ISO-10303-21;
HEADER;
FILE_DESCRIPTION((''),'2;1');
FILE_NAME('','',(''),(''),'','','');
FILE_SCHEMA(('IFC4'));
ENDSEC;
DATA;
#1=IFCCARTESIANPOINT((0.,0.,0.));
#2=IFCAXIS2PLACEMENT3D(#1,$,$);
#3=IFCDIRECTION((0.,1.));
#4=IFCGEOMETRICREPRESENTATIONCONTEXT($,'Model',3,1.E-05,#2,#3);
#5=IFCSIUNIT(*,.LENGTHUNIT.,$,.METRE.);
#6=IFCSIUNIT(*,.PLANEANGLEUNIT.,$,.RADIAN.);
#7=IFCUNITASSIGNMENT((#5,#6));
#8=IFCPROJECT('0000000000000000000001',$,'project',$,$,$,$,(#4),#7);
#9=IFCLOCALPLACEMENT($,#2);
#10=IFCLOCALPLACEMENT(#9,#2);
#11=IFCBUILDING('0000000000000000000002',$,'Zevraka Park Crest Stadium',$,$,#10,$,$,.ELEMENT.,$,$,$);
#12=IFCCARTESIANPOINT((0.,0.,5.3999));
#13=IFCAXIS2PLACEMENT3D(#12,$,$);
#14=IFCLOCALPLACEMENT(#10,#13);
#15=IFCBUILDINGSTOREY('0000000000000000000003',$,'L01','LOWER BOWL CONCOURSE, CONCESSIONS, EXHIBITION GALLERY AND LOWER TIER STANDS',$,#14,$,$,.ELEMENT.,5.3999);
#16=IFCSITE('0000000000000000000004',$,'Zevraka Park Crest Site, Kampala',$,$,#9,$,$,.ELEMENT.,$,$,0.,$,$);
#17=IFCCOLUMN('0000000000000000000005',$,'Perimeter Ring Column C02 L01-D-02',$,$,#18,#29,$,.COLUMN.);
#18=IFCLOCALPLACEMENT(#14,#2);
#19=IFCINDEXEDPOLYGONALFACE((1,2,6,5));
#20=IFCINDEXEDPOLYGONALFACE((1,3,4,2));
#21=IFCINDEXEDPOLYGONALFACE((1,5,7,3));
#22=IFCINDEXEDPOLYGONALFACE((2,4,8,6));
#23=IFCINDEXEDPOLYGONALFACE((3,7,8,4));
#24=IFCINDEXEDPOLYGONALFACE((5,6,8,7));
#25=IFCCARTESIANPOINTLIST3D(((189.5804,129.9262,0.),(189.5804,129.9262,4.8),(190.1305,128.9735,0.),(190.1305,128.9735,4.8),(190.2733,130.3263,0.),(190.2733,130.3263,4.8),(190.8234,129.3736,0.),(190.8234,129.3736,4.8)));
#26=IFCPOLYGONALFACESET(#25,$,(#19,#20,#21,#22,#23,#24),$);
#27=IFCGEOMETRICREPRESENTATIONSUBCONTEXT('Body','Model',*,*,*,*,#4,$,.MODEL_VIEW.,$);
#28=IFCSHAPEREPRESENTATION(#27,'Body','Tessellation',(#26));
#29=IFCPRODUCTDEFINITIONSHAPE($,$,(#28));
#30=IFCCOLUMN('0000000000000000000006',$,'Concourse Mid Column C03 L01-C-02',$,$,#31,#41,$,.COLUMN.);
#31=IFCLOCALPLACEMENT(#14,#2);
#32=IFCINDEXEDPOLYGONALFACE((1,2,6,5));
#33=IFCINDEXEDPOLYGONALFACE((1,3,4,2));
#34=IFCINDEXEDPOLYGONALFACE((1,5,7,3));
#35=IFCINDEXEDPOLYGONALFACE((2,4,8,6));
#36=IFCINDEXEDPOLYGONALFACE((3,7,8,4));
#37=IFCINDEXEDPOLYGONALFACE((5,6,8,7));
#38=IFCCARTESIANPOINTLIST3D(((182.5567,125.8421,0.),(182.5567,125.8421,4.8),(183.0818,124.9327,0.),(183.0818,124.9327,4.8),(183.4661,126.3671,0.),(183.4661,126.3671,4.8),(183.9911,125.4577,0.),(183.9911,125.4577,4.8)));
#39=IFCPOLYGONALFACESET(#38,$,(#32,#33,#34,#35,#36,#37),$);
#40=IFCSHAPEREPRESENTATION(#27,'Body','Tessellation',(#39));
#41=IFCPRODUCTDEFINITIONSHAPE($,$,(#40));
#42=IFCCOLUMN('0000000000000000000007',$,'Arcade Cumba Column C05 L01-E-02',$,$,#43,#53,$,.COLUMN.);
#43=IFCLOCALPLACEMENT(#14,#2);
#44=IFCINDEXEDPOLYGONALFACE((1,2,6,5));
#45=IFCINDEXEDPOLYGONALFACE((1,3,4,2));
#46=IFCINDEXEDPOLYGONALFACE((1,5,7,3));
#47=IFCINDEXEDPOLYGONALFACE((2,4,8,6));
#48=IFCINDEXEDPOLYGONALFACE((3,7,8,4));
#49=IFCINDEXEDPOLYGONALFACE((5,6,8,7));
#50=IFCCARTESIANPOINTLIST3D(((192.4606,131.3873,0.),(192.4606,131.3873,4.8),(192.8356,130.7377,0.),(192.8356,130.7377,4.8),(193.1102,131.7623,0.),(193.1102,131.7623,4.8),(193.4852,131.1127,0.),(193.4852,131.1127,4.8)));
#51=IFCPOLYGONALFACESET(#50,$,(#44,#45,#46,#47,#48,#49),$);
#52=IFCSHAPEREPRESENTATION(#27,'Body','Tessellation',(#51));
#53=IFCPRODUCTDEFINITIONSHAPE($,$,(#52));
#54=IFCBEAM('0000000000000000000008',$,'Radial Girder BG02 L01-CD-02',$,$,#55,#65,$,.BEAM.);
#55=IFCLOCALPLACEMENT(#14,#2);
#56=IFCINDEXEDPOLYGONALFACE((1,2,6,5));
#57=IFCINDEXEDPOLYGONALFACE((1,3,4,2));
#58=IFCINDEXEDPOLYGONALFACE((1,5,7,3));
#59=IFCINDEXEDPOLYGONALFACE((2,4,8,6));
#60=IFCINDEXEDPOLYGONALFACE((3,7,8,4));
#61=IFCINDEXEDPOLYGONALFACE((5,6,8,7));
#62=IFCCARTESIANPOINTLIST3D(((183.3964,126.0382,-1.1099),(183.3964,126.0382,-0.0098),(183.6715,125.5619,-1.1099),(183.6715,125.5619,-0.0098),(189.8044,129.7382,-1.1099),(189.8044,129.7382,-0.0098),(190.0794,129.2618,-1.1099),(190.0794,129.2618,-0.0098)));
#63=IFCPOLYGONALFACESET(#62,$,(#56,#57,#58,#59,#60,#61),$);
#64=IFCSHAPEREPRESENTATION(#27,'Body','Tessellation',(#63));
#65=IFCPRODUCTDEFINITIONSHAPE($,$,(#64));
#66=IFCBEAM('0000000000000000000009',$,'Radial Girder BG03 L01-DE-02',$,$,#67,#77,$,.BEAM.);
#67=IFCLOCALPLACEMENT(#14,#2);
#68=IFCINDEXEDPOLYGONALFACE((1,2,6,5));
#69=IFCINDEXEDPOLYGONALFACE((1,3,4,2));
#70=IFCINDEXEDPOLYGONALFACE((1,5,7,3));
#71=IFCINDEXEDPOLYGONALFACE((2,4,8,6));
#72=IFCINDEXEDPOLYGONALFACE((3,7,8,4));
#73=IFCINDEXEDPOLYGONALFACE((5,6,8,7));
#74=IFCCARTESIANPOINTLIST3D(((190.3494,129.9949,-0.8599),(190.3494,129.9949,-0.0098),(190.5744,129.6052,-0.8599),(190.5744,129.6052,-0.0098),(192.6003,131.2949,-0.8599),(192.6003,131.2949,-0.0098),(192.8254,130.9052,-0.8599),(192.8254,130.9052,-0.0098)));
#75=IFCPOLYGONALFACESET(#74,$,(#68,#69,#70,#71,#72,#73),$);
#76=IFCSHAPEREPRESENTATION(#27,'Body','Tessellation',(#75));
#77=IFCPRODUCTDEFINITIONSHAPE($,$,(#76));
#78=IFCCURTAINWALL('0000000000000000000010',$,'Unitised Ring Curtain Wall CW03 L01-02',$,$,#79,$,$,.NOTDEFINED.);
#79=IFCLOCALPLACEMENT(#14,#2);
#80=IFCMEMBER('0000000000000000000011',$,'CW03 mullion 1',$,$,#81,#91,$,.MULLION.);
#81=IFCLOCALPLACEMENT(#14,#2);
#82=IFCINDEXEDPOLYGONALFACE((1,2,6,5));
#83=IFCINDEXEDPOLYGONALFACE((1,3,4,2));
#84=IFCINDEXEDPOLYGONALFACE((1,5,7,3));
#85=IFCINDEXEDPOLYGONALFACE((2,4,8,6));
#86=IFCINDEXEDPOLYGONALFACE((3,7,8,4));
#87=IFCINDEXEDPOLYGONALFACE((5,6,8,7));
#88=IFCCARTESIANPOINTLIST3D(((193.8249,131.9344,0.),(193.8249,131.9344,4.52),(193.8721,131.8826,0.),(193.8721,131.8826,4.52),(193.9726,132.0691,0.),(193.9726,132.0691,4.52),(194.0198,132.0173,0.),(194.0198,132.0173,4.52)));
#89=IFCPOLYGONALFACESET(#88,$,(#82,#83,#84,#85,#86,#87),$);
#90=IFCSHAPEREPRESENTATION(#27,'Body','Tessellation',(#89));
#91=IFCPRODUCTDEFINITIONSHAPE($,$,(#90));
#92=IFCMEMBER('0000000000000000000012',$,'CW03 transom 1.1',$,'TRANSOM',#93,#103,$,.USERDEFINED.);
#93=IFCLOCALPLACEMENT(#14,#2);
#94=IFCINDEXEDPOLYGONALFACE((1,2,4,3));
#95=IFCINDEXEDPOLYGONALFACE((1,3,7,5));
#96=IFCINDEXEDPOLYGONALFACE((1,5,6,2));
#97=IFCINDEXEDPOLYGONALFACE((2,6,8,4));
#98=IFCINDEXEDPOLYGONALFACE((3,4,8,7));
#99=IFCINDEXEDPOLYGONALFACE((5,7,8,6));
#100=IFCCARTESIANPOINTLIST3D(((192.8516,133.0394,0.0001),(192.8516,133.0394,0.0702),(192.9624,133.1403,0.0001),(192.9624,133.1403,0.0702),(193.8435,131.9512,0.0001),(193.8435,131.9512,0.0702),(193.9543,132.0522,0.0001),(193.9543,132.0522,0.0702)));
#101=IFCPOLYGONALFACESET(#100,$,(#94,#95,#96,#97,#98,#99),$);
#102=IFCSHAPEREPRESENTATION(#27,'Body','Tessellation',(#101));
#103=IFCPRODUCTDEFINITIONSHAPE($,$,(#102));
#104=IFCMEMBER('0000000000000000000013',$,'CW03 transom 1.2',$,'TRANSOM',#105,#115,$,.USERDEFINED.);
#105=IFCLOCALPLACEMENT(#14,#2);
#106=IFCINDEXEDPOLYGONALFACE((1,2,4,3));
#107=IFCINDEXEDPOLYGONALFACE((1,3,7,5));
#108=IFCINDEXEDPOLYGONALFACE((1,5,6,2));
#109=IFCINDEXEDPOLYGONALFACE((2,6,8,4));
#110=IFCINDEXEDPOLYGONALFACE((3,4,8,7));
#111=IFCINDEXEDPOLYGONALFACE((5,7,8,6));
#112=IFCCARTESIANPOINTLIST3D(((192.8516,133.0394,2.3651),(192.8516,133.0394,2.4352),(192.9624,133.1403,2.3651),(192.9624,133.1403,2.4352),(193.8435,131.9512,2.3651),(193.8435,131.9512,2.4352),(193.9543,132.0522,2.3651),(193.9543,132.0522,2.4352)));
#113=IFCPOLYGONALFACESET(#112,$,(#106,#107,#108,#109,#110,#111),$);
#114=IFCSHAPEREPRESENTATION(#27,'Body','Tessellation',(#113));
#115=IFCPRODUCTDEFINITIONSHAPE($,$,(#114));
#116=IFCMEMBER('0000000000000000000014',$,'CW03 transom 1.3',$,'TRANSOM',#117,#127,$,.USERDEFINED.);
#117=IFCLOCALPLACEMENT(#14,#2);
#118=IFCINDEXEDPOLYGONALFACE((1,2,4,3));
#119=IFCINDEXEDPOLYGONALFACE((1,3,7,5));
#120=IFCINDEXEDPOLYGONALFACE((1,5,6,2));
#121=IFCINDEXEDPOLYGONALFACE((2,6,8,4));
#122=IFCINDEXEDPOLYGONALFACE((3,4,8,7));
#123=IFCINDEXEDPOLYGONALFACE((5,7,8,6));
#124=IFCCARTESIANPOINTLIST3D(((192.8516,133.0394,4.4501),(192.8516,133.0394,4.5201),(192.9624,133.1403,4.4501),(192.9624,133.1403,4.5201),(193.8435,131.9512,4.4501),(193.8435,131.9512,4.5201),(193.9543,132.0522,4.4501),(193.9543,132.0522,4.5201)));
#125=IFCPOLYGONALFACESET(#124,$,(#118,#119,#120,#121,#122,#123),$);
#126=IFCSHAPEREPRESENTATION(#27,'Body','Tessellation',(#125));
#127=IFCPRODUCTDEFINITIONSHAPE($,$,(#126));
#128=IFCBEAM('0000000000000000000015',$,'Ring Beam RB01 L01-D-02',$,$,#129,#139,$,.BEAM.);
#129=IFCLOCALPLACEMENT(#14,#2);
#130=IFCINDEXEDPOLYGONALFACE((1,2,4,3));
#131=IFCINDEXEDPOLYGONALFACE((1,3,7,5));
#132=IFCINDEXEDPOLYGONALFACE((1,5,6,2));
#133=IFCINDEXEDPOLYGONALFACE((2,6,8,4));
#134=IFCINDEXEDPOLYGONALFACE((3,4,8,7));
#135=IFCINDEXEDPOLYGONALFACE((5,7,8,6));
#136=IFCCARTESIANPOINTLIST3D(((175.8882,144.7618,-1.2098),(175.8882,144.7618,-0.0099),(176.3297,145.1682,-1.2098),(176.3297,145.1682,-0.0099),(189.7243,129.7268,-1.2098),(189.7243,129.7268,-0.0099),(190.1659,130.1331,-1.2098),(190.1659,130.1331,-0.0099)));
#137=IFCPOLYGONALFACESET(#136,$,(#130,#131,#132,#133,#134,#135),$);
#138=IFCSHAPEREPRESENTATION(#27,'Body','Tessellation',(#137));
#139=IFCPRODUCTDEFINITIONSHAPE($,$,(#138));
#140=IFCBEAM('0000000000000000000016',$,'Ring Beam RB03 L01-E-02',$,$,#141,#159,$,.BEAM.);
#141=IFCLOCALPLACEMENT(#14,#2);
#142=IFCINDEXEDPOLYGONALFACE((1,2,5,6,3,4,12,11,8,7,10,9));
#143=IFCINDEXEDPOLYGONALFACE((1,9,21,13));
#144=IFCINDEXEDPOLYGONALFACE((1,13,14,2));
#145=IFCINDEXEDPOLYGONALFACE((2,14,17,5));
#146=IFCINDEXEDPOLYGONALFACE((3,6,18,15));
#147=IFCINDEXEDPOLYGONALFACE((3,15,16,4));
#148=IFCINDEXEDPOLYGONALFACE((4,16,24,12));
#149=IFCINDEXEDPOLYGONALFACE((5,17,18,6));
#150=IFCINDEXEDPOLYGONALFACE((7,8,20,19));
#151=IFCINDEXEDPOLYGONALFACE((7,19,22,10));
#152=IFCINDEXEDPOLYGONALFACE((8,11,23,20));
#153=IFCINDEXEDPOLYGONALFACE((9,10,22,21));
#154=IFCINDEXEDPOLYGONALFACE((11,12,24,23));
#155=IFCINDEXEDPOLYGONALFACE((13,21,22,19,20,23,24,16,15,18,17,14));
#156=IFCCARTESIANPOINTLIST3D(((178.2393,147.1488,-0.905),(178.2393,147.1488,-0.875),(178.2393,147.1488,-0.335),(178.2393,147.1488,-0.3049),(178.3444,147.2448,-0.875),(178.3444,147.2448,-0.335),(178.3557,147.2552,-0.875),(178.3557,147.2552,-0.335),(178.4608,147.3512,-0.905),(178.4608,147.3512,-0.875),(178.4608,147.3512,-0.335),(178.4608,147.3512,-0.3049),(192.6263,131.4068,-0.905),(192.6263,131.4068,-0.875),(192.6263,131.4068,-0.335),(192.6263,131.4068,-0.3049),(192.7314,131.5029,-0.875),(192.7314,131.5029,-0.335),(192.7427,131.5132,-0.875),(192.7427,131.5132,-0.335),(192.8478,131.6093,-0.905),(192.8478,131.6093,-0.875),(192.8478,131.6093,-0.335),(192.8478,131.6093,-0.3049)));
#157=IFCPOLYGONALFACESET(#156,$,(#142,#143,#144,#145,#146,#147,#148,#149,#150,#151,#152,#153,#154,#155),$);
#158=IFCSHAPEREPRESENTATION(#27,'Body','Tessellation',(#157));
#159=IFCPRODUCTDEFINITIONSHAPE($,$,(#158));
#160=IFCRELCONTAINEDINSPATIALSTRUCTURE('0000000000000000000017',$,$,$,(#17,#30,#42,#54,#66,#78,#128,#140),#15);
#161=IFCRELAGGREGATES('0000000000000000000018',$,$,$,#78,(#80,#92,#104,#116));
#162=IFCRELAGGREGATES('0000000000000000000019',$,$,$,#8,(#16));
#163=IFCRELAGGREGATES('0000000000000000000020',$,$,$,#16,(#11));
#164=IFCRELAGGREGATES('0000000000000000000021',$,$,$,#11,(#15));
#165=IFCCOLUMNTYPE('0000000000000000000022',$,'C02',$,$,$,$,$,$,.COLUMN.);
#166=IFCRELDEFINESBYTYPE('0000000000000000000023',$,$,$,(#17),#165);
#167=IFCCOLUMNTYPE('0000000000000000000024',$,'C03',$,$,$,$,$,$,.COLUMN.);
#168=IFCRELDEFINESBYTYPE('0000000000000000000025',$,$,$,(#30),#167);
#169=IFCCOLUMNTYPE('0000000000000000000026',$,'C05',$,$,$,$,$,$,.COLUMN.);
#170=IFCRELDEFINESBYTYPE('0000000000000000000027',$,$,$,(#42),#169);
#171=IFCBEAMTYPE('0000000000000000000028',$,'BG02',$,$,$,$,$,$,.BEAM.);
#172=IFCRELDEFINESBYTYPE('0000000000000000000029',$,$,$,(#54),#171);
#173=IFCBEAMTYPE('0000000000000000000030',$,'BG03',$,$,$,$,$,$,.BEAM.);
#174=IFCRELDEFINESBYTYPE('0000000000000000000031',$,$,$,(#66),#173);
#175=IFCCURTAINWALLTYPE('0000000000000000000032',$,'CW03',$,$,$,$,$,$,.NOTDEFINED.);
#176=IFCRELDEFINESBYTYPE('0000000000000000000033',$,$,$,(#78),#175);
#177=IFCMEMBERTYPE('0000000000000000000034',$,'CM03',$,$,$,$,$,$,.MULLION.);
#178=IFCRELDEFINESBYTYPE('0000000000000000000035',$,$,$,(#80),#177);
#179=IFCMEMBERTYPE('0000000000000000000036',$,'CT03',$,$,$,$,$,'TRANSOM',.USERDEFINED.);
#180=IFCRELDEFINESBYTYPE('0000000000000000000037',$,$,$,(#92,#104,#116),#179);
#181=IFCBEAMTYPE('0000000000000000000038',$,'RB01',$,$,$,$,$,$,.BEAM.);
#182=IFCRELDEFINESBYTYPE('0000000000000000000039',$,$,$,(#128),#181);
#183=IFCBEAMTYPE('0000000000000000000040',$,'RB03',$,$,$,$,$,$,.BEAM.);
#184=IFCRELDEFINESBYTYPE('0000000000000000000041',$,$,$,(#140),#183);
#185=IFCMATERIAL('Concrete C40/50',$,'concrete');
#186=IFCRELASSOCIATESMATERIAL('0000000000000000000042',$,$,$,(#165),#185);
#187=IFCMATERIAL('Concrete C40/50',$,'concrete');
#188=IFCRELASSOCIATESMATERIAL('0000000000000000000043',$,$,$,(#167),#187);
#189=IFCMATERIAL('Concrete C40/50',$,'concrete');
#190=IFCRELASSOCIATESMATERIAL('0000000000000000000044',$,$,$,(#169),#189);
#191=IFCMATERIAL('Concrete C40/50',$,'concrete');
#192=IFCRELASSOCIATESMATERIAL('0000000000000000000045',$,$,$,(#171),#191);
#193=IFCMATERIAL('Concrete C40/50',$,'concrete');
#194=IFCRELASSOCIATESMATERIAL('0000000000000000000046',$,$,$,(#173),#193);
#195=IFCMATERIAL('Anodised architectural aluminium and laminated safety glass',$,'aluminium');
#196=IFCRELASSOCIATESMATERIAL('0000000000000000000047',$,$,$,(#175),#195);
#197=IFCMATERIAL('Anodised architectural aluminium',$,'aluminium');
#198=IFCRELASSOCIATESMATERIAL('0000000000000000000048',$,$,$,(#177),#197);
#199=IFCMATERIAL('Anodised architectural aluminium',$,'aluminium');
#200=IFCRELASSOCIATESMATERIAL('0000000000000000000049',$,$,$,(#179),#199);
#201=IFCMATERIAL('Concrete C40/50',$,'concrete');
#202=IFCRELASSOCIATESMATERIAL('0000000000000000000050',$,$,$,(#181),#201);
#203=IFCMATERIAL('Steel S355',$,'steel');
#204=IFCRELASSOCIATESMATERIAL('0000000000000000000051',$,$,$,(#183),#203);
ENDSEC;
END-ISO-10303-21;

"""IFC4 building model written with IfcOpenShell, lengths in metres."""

from ifc_helpers import new_model, si_unit, direction, frame, origin, origin_2d, place, context, subcontext, project, spatial, rectangle, i_section, extrude, material, material_profile, profile_set, type_object, element, aggregate, save


model = new_model("IFC4")

# Units and contexts
model_context = context("Model", 3, precision=1e-05, world=origin(), true_north=direction((0.0, 1.0)))
body_context = subcontext(model_context, "Body", "Model", "MODEL_VIEW")
ifc_project = project(units=[si_unit("LENGTHUNIT", "METRE"), si_unit("PLANEANGLEUNIT", "RADIAN")], contexts=[model_context])

# Site, building, storey
site_placement = place(None, origin())
site = spatial("IfcSite", under=ifc_project, at=site_placement, Name="Zevraka Park Crest Site, Kampala", CompositionType="ELEMENT", RefElevation=0.0)
building_placement = place(site_placement, origin())
building = spatial("IfcBuilding", under=site, at=building_placement, Name="Zevraka Park Crest Stadium", CompositionType="ELEMENT")
storey_placement = place(building_placement, frame((0.0, 0.0, 5.3999)))
storey = spatial("IfcBuildingStorey", under=building, at=storey_placement, Name="L01", Description="LOWER BOWL CONCOURSE, CONCESSIONS, EXHIBITION GALLERY AND LOWER TIER STANDS", CompositionType="ELEMENT", Elevation=5.3999)

# Columns
ifc_material_1 = material(Name="Concrete C40/50", Category="concrete")
ifc_material_profile_1 = material_profile(ifc_material_1, rectangle(XDim=0.8, YDim=1.1001, at=origin_2d()), Name="RC 1100x800")
ifc_profile_set_1 = profile_set([ifc_material_profile_1], Name="Concrete C40/50")
column_type_1 = type_object("IfcColumnType", Name="C02", PredefinedType="COLUMN", material=ifc_profile_set_1)
column_1_placement = place(storey_placement, frame((190.2019, 129.6499, 0.0), z_axis=(0.0, 0.0, 1.0), x_axis=(0.866025, 0.5, 0.0)))
element("IfcColumn", 1, at=column_1_placement, inside=storey, type_object=column_type_1, Name="Perimeter Ring Column C02 L01-D-02", PredefinedType="COLUMN", context=body_context, shape_type="SweptSolid", body=[
    extrude(rectangle(XDim=0.8, YDim=1.1001, at=origin_2d()), origin(), (0.0, 0.0, 1.0), 4.8),
])
ifc_material_2 = material(Name="Concrete C40/50", Category="concrete")
ifc_material_profile_2 = material_profile(ifc_material_2, rectangle(XDim=1.05, YDim=1.05, at=origin_2d()), Name="RC 1050x1050")
ifc_profile_set_2 = profile_set([ifc_material_profile_2], Name="Concrete C40/50")
column_type_2 = type_object("IfcColumnType", Name="C03", PredefinedType="COLUMN", material=ifc_profile_set_2)
column_2_placement = place(storey_placement, frame((183.2739, 125.6499, 0.0), z_axis=(0.0, 0.0, 1.0), x_axis=(0.866025, 0.5, 0.0)))
element("IfcColumn", 2, at=column_2_placement, inside=storey, type_object=column_type_2, Name="Concourse Mid Column C03 L01-C-02", PredefinedType="COLUMN", context=body_context, shape_type="SweptSolid", body=[
    extrude(rectangle(XDim=1.05, YDim=1.05, at=origin_2d()), origin(), (0.0, 0.0, 1.0), 4.8),
])
ifc_material_3 = material(Name="Concrete C40/50", Category="concrete")
ifc_material_profile_3 = material_profile(ifc_material_3, rectangle(XDim=0.75, YDim=0.75, at=origin_2d()), Name="RC 750x750")
ifc_profile_set_3 = profile_set([ifc_material_profile_3], Name="Concrete C40/50")
column_type_3 = type_object("IfcColumnType", Name="C05", PredefinedType="COLUMN", material=ifc_profile_set_3)
column_3_placement = place(storey_placement, frame((192.9729, 131.25, 0.0), z_axis=(0.0, 0.0, 1.0), x_axis=(0.866025, 0.5, 0.0)))
element("IfcColumn", 3, at=column_3_placement, inside=storey, type_object=column_type_3, Name="Arcade Cumba Column C05 L01-E-02", PredefinedType="COLUMN", context=body_context, shape_type="SweptSolid", body=[
    extrude(rectangle(XDim=0.75, YDim=0.75, at=origin_2d()), origin(), (0.0, 0.0, 1.0), 4.8),
])

# Beams
ifc_material_4 = material(Name="Concrete C40/50", Category="concrete")
ifc_material_profile_4 = material_profile(ifc_material_4, rectangle(XDim=0.55, YDim=1.1001, at=origin_2d()), Name="RC 1100x550")
ifc_profile_set_4 = profile_set([ifc_material_profile_4], Name="Concrete C40/50")
beam_type_1 = type_object("IfcBeamType", Name="BG02", PredefinedType="BEAM", material=ifc_profile_set_4)
beam_1_placement = place(storey_placement, frame((183.5339, 125.8, -0.5598), z_axis=(0.866007, 0.500032, 0.0), x_axis=(-0.500032, 0.866007, 0.0)))
element("IfcBeam", 4, at=beam_1_placement, inside=storey, type_object=beam_type_1, Name="Radial Girder BG02 L01-CD-02", PredefinedType="BEAM", context=body_context, shape_type="SweptSolid", body=[
    extrude(rectangle(XDim=0.55, YDim=1.1001, at=origin_2d()), origin(), (0.0, 0.0, 1.0), 7.3994),
])
ifc_material_5 = material(Name="Concrete C40/50", Category="concrete")
ifc_material_profile_5 = material_profile(ifc_material_5, rectangle(XDim=0.45, YDim=0.8501, at=origin_2d()), Name="RC 850x450")
ifc_profile_set_5 = profile_set([ifc_material_profile_5], Name="Concrete C40/50")
beam_type_2 = type_object("IfcBeamType", Name="BG03", PredefinedType="BEAM", material=ifc_profile_set_5)
beam_2_placement = place(storey_placement, frame((190.4619, 129.8, -0.4348), z_axis=(0.865951, 0.500129, 0.0), x_axis=(-0.500129, 0.865951, 0.0)))
element("IfcBeam", 5, at=beam_2_placement, inside=storey, type_object=beam_type_2, Name="Radial Girder BG03 L01-DE-02", PredefinedType="BEAM", context=body_context, shape_type="SweptSolid", body=[
    extrude(rectangle(XDim=0.45, YDim=0.8501, at=origin_2d()), origin(), (0.0, 0.0, 1.0), 2.5994),
])

# Curtain wall, members
ifc_material_6 = material(Name="Anodised architectural aluminium and laminated safety glass", Category="aluminium")
curtain_wall_type = type_object("IfcCurtainWallType", Name="CW03", PredefinedType="NOTDEFINED", material=ifc_material_6)
curtain_wall_placement = place(storey_placement, origin())
curtain_wall = element("IfcCurtainWall", 6, at=curtain_wall_placement, inside=storey, type_object=curtain_wall_type, Name="Unitised Ring Curtain Wall CW03 L01-02", PredefinedType="NOTDEFINED")
ifc_material_7 = material(Name="Anodised architectural aluminium", Category="aluminium")
ifc_material_profile_6 = material_profile(ifc_material_7, rectangle(XDim=0.2, YDim=0.0701, at=origin_2d()), Name="ALU MULLION 200x70")
ifc_profile_set_6 = profile_set([ifc_material_profile_6], Name="Anodised architectural aluminium")
member_type_1 = type_object("IfcMemberType", Name="CM03", PredefinedType="MULLION", material=ifc_profile_set_6)
member_1_placement = place(storey_placement, frame((193.9224, 131.9758, 0.0), z_axis=(0.0, 0.0, 1.0), x_axis=(-0.739023, -0.67368, 0.0)))
member_1 = element("IfcMember", 7, at=member_1_placement, type_object=member_type_1, Name="CW03 mullion 1", PredefinedType="MULLION", context=body_context, shape_type="SweptSolid", body=[
    extrude(rectangle(XDim=0.2, YDim=0.0701, at=origin_2d()), origin(), (0.0, 0.0, 1.0), 4.52),
])
ifc_material_8 = material(Name="Anodised architectural aluminium", Category="aluminium")
ifc_material_profile_7 = material_profile(ifc_material_8, rectangle(XDim=0.1499, YDim=0.0701, at=origin_2d()), Name="ALU TRANSOM 150x70")
ifc_profile_set_7 = profile_set([ifc_material_profile_7], Name="Anodised architectural aluminium")
member_type_2 = type_object("IfcMemberType", Name="CT03", ElementType="TRANSOM", PredefinedType="USERDEFINED", material=ifc_profile_set_7)
member_2_placement = place(storey_placement, frame((193.8989, 132.0017, 0.0352), z_axis=(-0.673687, 0.739017, 0.0), x_axis=(-0.739017, -0.673687, 0.0)))
member_2 = element("IfcMember", 8, at=member_2_placement, type_object=member_type_2, Name="CW03 transom 1.1", ObjectType="TRANSOM", PredefinedType="USERDEFINED", context=body_context, shape_type="SweptSolid", body=[
    extrude(rectangle(XDim=0.1499, YDim=0.0701, at=origin_2d()), origin(), (0.0, 0.0, 1.0), 1.4724),
])
member_3_placement = place(storey_placement, frame((193.8989, 132.0017, 2.4001), z_axis=(-0.673687, 0.739017, 0.0), x_axis=(-0.739017, -0.673687, 0.0)))
member_3 = element("IfcMember", 9, at=member_3_placement, type_object=member_type_2, Name="CW03 transom 1.2", ObjectType="TRANSOM", PredefinedType="USERDEFINED", context=body_context, shape_type="SweptSolid", body=[
    extrude(rectangle(XDim=0.1499, YDim=0.0701, at=origin_2d()), origin(), (0.0, 0.0, 1.0), 1.4724),
])
member_4_placement = place(storey_placement, frame((193.8989, 132.0017, 4.4851), z_axis=(-0.673687, 0.739017, 0.0), x_axis=(-0.739017, -0.673687, 0.0)))
member_4 = element("IfcMember", 10, at=member_4_placement, type_object=member_type_2, Name="CW03 transom 1.3", ObjectType="TRANSOM", PredefinedType="USERDEFINED", context=body_context, shape_type="SweptSolid", body=[
    extrude(rectangle(XDim=0.1499, YDim=0.0701, at=origin_2d()), origin(), (0.0, 0.0, 1.0), 1.4724),
])
aggregate(curtain_wall, [member_1, member_2, member_3, member_4])

# Beams
ifc_material_9 = material(Name="Concrete C40/50", Category="concrete")
ifc_material_profile_8 = material_profile(ifc_material_9, rectangle(XDim=0.6001, YDim=1.2, at=origin_2d()), Name="RC 1200x600")
ifc_profile_set_8 = profile_set([ifc_material_profile_8], Name="Concrete C40/50")
beam_type_3 = type_object("IfcBeamType", Name="RB01", PredefinedType="BEAM", material=ifc_profile_set_8)
beam_3_placement = place(storey_placement, frame((189.9451, 129.9299, -0.6099), z_axis=(-0.677158, 0.735837, 0.0), x_axis=(-0.735837, -0.677158, 0.0)))
element("IfcBeam", 11, at=beam_3_placement, inside=storey, type_object=beam_type_3, Name="Ring Beam RB01 L01-D-02", PredefinedType="BEAM", context=body_context, shape_type="SweptSolid", body=[
    extrude(rectangle(XDim=0.6001, YDim=1.2, at=origin_2d()), origin(), (0.0, 0.0, 1.0), 20.4326),
])
ifc_material_10 = material(Name="Steel S355", Category="steel")
ifc_material_profile_9 = material_profile(ifc_material_10, i_section(OverallWidth=0.3, OverallDepth=0.6001, WebThickness=0.0154, FlangeThickness=0.03, at=origin_2d()), Name="HEB 600")
ifc_profile_set_9 = profile_set([ifc_material_profile_9], Name="Steel S355")
beam_type_4 = type_object("IfcBeamType", Name="RB03", PredefinedType="BEAM", material=ifc_profile_set_9)
beam_4_placement = place(storey_placement, frame((192.7371, 131.5081, -0.605), z_axis=(-0.674624, 0.738161, 0.0), x_axis=(-0.738161, -0.674624, 0.0)))
element("IfcBeam", 12, at=beam_4_placement, inside=storey, type_object=beam_type_4, Name="Ring Beam RB03 L01-E-02", PredefinedType="BEAM", context=body_context, shape_type="SweptSolid", body=[
    extrude(i_section(OverallWidth=0.3, OverallDepth=0.6001, WebThickness=0.0154, FlangeThickness=0.03, at=origin_2d()), origin(), (0.0, 0.0, 1.0), 21.3259),
])

save(model, "model.ifc")
